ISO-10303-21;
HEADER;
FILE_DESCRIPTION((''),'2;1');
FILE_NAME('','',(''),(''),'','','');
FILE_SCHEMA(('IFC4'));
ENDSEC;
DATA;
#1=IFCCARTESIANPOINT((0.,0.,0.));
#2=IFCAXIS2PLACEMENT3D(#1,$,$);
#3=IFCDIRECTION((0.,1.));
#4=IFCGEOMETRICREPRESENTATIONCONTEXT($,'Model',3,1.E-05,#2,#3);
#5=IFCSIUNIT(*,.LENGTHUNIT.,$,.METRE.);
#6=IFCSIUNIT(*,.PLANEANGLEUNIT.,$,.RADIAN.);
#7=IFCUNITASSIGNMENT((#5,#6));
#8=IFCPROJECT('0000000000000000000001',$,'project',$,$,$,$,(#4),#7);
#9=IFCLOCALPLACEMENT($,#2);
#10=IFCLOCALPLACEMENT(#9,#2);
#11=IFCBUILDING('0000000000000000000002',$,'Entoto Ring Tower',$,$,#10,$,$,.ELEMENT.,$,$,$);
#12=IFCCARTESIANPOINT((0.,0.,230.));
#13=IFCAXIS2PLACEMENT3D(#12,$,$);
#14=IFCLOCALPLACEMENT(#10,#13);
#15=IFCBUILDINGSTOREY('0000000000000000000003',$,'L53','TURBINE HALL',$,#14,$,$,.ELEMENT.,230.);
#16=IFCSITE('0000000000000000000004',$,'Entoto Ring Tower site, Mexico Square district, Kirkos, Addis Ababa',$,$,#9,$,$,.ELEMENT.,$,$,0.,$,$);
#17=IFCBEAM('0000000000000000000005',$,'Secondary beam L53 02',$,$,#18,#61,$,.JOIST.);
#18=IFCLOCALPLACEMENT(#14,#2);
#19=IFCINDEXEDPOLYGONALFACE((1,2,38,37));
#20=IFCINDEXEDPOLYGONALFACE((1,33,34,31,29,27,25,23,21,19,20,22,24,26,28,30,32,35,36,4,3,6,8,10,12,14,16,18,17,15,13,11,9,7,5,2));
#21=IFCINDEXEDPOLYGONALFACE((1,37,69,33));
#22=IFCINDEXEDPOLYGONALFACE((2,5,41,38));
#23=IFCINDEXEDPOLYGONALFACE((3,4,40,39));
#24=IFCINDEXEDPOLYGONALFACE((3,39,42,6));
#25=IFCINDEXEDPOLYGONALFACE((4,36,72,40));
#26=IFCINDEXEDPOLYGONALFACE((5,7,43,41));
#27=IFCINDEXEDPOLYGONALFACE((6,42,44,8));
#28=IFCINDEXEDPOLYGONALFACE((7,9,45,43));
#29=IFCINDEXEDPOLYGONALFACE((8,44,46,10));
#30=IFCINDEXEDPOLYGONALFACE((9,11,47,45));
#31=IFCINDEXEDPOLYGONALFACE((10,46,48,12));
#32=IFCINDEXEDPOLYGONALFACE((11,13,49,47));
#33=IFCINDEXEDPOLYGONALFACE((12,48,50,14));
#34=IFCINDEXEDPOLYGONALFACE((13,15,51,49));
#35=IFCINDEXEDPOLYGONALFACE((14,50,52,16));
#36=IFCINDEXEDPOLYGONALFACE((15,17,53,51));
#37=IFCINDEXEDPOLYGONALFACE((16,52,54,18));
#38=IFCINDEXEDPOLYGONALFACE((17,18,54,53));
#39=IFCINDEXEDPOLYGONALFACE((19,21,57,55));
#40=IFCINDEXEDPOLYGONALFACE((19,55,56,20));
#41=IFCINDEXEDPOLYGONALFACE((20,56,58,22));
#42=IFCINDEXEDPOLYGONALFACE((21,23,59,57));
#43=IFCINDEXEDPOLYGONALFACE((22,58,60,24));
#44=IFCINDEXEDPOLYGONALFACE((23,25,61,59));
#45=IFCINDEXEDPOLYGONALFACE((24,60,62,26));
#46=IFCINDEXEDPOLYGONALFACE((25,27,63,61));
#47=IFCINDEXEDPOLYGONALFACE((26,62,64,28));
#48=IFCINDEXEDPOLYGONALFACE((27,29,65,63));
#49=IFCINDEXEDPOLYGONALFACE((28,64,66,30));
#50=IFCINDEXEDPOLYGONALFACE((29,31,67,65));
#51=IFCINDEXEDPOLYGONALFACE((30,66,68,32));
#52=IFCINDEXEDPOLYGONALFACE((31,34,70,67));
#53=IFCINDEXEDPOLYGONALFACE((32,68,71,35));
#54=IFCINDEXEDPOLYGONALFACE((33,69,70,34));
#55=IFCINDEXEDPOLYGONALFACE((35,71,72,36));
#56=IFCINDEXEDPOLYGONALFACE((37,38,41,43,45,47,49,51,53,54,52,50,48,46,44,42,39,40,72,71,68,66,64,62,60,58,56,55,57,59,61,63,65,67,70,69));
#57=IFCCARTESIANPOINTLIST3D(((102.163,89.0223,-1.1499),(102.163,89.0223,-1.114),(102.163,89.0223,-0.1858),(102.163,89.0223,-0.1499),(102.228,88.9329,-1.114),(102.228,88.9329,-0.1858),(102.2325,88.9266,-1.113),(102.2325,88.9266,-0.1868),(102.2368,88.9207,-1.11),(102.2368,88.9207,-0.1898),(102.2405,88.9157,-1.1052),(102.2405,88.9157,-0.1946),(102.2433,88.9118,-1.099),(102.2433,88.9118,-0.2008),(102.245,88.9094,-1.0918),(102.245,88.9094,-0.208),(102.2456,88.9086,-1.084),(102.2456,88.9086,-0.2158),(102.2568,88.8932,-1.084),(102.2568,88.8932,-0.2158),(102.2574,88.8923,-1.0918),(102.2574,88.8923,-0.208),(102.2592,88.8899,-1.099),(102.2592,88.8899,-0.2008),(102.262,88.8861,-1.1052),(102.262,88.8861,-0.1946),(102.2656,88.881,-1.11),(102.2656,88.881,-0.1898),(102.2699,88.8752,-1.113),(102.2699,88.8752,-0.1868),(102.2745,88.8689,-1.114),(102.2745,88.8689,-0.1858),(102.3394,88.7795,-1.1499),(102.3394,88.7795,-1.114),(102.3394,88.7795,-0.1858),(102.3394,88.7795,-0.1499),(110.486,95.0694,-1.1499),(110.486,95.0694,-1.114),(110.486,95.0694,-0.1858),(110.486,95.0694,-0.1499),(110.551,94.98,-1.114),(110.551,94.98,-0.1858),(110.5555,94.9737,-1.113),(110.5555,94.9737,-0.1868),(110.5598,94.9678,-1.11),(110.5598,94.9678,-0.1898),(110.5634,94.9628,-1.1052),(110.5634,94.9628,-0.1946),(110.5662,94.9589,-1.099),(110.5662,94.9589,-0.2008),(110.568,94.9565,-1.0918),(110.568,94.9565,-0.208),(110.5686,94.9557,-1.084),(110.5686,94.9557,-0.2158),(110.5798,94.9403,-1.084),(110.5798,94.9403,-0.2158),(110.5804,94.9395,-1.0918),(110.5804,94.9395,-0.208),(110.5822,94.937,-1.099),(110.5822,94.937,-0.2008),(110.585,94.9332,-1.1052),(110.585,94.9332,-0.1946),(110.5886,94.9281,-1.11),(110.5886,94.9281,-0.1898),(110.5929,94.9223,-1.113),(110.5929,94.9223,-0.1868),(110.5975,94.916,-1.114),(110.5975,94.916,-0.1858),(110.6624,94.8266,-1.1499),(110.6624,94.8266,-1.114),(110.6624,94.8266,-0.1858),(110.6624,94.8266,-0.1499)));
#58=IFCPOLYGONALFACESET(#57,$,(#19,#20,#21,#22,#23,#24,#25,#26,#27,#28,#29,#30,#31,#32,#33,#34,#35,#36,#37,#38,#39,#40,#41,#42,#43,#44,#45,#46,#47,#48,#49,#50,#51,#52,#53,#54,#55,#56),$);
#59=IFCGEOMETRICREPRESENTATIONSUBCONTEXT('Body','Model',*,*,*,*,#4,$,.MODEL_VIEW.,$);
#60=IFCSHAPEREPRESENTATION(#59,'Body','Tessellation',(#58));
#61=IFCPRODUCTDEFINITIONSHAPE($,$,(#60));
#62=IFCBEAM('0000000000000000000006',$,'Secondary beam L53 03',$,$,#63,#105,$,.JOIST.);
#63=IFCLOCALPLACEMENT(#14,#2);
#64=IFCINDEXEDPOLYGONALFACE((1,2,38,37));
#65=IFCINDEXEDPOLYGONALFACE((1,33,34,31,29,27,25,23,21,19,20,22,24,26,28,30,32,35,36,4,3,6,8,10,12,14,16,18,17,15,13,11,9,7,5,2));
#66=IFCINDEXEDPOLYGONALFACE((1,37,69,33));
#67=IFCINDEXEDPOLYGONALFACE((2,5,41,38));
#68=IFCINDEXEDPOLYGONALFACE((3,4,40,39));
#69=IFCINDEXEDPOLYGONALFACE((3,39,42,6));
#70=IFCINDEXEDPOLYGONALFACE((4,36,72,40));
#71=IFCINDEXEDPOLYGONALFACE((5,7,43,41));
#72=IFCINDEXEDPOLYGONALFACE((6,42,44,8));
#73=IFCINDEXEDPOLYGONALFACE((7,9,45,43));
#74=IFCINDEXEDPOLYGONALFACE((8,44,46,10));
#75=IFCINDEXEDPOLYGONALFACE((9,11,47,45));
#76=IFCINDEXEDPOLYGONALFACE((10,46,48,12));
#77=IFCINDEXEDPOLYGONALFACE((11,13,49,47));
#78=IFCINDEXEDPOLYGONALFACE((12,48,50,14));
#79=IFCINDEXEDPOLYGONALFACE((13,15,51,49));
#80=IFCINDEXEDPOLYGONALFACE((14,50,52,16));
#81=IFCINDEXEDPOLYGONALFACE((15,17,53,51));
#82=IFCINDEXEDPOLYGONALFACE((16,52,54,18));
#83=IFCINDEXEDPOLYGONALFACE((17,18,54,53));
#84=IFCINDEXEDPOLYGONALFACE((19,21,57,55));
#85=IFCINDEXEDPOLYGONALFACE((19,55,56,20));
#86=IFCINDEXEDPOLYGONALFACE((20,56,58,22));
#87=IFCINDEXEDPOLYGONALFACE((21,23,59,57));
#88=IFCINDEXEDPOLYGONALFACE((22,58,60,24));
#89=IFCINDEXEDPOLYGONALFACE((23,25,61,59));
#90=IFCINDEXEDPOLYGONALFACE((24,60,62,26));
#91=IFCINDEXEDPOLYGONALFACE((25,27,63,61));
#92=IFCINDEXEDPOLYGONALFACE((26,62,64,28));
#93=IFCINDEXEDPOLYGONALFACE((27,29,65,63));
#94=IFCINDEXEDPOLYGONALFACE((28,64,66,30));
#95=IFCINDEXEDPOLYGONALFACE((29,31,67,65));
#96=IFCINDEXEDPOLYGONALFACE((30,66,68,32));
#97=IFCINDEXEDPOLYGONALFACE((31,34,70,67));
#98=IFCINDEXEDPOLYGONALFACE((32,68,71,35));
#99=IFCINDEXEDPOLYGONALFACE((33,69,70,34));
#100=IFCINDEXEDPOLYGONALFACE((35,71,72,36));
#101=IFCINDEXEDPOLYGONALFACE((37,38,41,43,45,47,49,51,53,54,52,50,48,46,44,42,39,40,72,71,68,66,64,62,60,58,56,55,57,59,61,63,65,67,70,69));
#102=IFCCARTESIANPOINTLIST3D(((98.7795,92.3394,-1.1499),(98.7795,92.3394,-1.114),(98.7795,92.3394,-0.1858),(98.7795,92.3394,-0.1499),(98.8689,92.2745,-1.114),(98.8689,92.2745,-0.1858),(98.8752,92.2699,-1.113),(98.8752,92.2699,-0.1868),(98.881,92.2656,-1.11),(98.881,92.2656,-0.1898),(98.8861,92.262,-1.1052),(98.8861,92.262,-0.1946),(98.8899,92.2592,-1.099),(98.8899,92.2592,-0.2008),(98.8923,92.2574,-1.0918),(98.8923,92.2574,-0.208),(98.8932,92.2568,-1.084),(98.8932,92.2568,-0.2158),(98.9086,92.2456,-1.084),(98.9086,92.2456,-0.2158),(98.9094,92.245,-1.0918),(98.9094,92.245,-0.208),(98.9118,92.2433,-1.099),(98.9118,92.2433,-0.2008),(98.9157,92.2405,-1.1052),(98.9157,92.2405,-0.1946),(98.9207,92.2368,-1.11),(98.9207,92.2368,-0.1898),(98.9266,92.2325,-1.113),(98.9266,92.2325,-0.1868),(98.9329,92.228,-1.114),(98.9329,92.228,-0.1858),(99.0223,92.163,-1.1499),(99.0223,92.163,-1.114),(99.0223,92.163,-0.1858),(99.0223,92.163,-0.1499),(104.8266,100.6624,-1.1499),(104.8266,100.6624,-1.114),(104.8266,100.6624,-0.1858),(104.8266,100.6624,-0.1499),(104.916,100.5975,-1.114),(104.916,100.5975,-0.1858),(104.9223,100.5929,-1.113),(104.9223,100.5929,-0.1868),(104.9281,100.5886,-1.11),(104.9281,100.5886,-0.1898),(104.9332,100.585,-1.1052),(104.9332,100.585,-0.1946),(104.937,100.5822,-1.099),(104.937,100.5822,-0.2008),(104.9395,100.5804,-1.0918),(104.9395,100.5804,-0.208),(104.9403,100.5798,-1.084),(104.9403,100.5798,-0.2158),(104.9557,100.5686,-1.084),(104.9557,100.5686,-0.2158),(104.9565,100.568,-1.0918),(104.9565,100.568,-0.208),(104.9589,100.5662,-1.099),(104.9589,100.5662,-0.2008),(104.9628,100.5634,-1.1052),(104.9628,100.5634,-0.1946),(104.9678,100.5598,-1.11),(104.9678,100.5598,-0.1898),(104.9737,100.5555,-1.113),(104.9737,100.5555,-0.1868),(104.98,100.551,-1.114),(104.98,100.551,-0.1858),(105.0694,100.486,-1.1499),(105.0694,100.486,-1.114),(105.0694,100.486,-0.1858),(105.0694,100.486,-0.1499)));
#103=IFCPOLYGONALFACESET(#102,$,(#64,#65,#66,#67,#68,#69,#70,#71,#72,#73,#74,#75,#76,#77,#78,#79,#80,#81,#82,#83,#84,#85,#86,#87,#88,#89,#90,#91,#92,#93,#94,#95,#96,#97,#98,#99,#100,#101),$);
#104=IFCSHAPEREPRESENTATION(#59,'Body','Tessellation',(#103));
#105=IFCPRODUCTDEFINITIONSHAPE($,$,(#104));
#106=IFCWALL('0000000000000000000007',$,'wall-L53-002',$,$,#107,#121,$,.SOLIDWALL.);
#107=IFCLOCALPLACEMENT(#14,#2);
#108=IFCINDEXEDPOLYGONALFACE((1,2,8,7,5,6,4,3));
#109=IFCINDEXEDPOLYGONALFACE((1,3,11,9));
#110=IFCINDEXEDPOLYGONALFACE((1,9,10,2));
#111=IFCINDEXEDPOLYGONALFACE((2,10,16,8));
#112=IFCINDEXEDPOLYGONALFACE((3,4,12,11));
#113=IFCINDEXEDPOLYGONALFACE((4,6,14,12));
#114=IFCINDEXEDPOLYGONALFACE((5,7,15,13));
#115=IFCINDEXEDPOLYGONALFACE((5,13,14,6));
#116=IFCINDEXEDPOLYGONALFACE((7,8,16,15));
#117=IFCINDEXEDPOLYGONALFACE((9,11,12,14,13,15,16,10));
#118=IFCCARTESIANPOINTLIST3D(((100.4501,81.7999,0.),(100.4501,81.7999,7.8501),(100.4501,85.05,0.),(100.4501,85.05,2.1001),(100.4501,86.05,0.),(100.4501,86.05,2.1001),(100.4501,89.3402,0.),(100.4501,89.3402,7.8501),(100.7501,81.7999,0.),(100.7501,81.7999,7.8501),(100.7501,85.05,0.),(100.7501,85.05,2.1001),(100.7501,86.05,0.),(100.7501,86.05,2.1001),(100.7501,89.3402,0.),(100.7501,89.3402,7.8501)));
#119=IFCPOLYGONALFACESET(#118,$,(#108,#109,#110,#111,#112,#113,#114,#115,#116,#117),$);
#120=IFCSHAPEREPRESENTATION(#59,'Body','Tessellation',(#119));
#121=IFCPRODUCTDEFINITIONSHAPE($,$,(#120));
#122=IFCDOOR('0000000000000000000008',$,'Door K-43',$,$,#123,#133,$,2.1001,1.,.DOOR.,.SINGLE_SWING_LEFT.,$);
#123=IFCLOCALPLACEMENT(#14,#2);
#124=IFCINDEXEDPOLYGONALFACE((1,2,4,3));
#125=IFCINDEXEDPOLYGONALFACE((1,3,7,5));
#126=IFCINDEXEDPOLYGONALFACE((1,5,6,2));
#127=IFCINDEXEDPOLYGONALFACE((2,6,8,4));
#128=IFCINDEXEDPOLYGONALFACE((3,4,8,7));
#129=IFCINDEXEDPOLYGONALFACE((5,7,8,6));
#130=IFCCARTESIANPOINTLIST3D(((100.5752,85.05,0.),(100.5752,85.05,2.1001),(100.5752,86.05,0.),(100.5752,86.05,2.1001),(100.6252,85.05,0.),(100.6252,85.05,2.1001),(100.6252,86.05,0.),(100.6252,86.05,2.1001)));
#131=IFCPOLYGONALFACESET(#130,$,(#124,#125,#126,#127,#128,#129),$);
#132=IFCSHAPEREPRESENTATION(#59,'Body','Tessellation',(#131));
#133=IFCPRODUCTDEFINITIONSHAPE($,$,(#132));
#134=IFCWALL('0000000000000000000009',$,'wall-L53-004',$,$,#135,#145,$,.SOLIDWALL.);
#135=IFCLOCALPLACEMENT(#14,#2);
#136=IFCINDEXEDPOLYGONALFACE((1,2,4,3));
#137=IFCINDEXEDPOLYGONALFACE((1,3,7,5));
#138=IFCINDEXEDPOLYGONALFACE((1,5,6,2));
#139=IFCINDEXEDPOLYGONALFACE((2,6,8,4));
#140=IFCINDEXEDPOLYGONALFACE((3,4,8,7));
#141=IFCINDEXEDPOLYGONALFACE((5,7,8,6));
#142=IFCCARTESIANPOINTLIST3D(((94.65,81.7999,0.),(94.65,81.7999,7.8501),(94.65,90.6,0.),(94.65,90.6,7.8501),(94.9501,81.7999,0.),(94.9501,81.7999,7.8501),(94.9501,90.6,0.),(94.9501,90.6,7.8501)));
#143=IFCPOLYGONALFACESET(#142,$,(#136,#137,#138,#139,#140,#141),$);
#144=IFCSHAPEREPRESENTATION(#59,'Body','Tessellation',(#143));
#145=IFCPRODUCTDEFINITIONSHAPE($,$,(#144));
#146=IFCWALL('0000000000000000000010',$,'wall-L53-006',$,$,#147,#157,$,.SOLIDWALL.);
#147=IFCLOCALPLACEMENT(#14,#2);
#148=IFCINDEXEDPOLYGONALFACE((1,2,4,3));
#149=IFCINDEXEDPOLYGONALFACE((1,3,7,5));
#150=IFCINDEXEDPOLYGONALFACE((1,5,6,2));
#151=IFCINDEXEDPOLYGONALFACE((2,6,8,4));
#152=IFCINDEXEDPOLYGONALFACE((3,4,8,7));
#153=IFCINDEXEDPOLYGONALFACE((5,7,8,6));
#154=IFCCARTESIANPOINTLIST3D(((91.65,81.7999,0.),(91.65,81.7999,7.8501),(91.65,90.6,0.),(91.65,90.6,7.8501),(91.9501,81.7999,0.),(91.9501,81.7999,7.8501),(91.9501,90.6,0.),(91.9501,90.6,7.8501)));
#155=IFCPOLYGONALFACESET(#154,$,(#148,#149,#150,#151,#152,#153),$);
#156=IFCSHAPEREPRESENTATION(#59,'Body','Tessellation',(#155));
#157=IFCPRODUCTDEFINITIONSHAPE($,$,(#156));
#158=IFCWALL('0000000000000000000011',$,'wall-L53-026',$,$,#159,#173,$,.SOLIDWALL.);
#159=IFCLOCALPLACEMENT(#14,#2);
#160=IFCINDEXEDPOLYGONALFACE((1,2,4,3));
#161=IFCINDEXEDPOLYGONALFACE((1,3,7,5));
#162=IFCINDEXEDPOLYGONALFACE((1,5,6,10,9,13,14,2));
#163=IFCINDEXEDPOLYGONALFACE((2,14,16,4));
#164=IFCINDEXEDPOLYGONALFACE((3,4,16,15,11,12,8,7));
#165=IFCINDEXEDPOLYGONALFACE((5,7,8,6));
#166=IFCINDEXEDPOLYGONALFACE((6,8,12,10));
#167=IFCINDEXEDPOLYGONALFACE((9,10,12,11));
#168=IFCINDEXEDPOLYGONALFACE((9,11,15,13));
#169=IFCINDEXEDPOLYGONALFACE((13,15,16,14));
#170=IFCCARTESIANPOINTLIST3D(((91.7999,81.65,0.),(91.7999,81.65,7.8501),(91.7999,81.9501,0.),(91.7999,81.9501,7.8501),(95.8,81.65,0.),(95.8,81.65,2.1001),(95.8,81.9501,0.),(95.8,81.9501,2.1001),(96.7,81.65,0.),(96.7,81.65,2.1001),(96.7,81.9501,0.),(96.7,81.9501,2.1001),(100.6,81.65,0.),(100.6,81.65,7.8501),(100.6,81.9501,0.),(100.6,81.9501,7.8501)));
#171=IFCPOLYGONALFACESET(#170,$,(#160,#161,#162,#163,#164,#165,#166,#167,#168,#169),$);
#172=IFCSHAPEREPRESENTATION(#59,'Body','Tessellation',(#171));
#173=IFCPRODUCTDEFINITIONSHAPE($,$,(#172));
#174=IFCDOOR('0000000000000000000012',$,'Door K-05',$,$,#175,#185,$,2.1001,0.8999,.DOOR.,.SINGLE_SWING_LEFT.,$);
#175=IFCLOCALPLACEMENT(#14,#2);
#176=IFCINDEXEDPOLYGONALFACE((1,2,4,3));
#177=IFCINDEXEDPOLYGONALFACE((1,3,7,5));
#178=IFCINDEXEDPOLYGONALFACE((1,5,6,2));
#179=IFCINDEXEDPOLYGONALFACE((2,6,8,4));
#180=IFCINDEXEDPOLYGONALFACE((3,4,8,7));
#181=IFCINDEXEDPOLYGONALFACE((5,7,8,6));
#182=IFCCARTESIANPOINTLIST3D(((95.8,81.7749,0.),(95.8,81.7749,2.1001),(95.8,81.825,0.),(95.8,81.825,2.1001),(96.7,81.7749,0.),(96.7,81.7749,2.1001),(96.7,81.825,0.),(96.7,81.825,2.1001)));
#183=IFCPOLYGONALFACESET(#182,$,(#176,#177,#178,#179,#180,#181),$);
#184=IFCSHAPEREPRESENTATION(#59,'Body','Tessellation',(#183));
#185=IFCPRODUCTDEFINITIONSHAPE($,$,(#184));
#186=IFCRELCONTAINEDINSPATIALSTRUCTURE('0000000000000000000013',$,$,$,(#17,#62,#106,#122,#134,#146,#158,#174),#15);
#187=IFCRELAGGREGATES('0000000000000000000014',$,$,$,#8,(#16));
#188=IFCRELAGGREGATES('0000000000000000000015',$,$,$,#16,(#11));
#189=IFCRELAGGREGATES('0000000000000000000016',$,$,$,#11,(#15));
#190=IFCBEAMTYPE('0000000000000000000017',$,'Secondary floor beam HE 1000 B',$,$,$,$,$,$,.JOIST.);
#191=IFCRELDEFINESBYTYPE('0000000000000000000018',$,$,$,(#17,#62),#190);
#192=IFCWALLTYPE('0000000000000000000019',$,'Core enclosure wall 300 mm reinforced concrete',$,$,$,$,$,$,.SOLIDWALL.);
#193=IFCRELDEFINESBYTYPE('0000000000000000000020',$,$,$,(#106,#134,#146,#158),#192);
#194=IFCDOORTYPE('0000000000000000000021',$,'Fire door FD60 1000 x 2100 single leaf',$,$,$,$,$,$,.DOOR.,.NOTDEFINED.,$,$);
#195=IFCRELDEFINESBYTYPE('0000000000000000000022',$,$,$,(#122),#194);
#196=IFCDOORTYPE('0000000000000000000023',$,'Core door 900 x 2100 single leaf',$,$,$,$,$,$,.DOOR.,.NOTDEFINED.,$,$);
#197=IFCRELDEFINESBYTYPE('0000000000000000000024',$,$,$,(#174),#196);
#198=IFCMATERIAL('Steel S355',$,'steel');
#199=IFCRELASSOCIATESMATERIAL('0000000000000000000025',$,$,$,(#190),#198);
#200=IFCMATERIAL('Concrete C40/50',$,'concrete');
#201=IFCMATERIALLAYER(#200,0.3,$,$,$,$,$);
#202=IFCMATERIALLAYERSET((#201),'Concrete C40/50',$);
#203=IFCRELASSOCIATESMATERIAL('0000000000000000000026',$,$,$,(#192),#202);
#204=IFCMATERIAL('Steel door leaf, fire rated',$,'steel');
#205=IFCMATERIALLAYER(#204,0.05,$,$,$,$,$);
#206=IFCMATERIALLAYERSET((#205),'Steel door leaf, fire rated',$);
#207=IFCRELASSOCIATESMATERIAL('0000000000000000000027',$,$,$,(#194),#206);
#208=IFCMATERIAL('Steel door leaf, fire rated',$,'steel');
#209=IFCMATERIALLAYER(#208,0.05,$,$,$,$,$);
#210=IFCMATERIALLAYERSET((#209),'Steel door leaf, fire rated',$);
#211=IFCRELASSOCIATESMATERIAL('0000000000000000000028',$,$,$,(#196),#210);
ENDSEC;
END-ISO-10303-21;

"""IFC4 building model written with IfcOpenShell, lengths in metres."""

from ifc_helpers import new_model, si_unit, direction, frame, frame_2d, origin, origin_2d, place, context, subcontext, project, spatial, rectangle, i_section, extrude, material, layer, layer_set, material_profile, profile_set, type_object, element, fill, save


model = new_model("IFC4")

# Units and contexts
model_context = context("Model", 3, precision=1e-05, world=origin(), true_north=direction((0.0, 1.0)))
body_context = subcontext(model_context, "Body", "Model", "MODEL_VIEW")
ifc_project = project(units=[si_unit("LENGTHUNIT", "METRE"), si_unit("PLANEANGLEUNIT", "RADIAN")], contexts=[model_context])

# Site, building, storey
site_placement = place(None, origin())
site = spatial("IfcSite", under=ifc_project, at=site_placement, Name="Entoto Ring Tower site, Mexico Square district, Kirkos, Addis Ababa", CompositionType="ELEMENT", RefElevation=0.0)
building_placement = place(site_placement, origin())
building = spatial("IfcBuilding", under=site, at=building_placement, Name="Entoto Ring Tower", CompositionType="ELEMENT")
storey_placement = place(building_placement, frame((0.0, 0.0, 230.0)))
storey = spatial("IfcBuildingStorey", under=building, at=storey_placement, Name="L53", Description="TURBINE HALL", CompositionType="ELEMENT", Elevation=230.0)

# Beams
ifc_material_1 = material(Name="Steel S355", Category="steel")
ifc_material_profile_1 = material_profile(ifc_material_1, i_section(OverallWidth=0.3, OverallDepth=1.0, WebThickness=0.019, FlangeThickness=0.0359, FilletRadius=0.03, at=origin_2d()), Name="HE 1000 B")
ifc_profile_set_1 = profile_set([ifc_material_profile_1], Name="Steel S355")
beam_type_1 = type_object("IfcBeamType", Name="Secondary floor beam HE 1000 B", PredefinedType="JOIST", material=ifc_profile_set_1)
for number, where, z_axis, x_axis, name in (
    (1, (102.2512, 88.9009, -0.6499), (0.809012, 0.587792, 0.0), (-0.587792, 0.809012, 0.0), "Secondary beam L53 02"),
    (2, (98.9009, 92.2512, -0.6499), (0.587792, 0.809012, 0.0), (-0.809012, 0.587792, 0.0), "Secondary beam L53 03"),
):
    element("IfcBeam", number, at=place(storey_placement, frame(where, z_axis=z_axis, x_axis=x_axis)), inside=storey, type_object=beam_type_1, Name=name, PredefinedType="JOIST", context=body_context, shape_type="SweptSolid", body=[
        extrude(i_section(OverallWidth=0.3, OverallDepth=1.0, WebThickness=0.019, FlangeThickness=0.0359, FilletRadius=0.03, at=origin_2d()), origin(), (0.0, 0.0, 1.0), 10.2878),
    ])

# Wall, opening, door
ifc_material_2 = material(Name="Concrete C40/50", Category="concrete")
ifc_layer_1 = layer(ifc_material_2, 0.3)
ifc_layer_set_1 = layer_set([ifc_layer_1], Name="Concrete C40/50")
wall_type_1 = type_object("IfcWallType", Name="Core enclosure wall 300 mm reinforced concrete", PredefinedType="SOLIDWALL", material=ifc_layer_set_1)
wall_1_placement = place(storey_placement, frame((100.6001, 81.8, 0.0), z_axis=(0.0, 0.0, 1.0), x_axis=(0.0, 1.0, 0.0)))
wall_1 = element("IfcWall", 3, at=wall_1_placement, inside=storey, type_object=wall_type_1, Name="wall-L53-002", PredefinedType="SOLIDWALL", context=body_context, shape_type="SweptSolid", body=[
    extrude(rectangle(XDim=7.5403, YDim=0.3, at=frame_2d((3.77, 0.0))), origin(), (0.0, 0.0, 1.0), 7.8501),
])
opening_1_placement = place(wall_1_placement, frame((3.25, 0.0, 0.0)))
opening_1 = element("IfcOpeningElement", 4, at=opening_1_placement, cuts=wall_1, PredefinedType="OPENING", context=body_context, shape_type="SweptSolid", body=[
    extrude(rectangle(XDim=1.0, YDim=2.1001, at=frame_2d((0.5, 1.05))), frame((0.0, 0.1602, 0.0), z_axis=(0.0, -1.0, 0.0), x_axis=(1.0, 0.0, 0.0)), (0.0, 0.0, 1.0), 0.3201),
])
ifc_material_3 = material(Name="Steel door leaf, fire rated", Category="steel")
ifc_layer_2 = layer(ifc_material_3, 0.05)
ifc_layer_set_2 = layer_set([ifc_layer_2], Name="Steel door leaf, fire rated")
door_type_1 = type_object("IfcDoorType", Name="Fire door FD60 1000 x 2100 single leaf", OperationType="NOTDEFINED", PredefinedType="DOOR", material=ifc_layer_set_2)
door_1_placement = place(opening_1_placement, origin())
door_1 = element("IfcDoor", 5, at=door_1_placement, inside=storey, type_object=door_type_1, Name="Door K-43", OperationType="SINGLE_SWING_LEFT", OverallHeight=2.1001, OverallWidth=1.0, PredefinedType="DOOR", context=body_context, shape_type="SweptSolid", body=[
    extrude(rectangle(XDim=1.0, YDim=2.1001, at=frame_2d((0.5, 1.05))), frame((0.0, 0.0249, 0.0), z_axis=(0.0, -1.0, 0.0), x_axis=(1.0, 0.0, 0.0)), (0.0, 0.0, 1.0), 0.05),
])
fill(opening_1, door_1)

# Walls
for number, where, z_axis, x_axis, name in (
    (6, (94.8, 81.8, 0.0), (0.0, 0.0, 1.0), (0.0, 1.0, 0.0), "wall-L53-004"),
    (7, (91.8, 81.8, 0.0), (0.0, 0.0, 1.0), (0.0, 1.0, 0.0), "wall-L53-006"),
):
    element("IfcWall", number, at=place(storey_placement, frame(where, z_axis=z_axis, x_axis=x_axis)), inside=storey, type_object=wall_type_1, Name=name, PredefinedType="SOLIDWALL", context=body_context, shape_type="SweptSolid", body=[
        extrude(rectangle(XDim=8.8, YDim=0.3, at=frame_2d((4.3999, 0.0))), origin(), (0.0, 0.0, 1.0), 7.8501),
    ])

# Wall, opening, door
wall_2_placement = place(storey_placement, frame((91.8, 81.8, 0.0), z_axis=(0.0, 0.0, 1.0), x_axis=(1.0, 0.0, 0.0)))
wall_2 = element("IfcWall", 8, at=wall_2_placement, inside=storey, type_object=wall_type_1, Name="wall-L53-026", PredefinedType="SOLIDWALL", context=body_context, shape_type="SweptSolid", body=[
    extrude(rectangle(XDim=8.8, YDim=0.3, at=frame_2d((4.3999, 0.0))), origin(), (0.0, 0.0, 1.0), 7.8501),
])
opening_2_placement = place(wall_2_placement, frame((4.0, 0.0, 0.0)))
opening_2 = element("IfcOpeningElement", 9, at=opening_2_placement, cuts=wall_2, PredefinedType="OPENING", context=body_context, shape_type="SweptSolid", body=[
    extrude(rectangle(XDim=0.8999, YDim=2.1001, at=frame_2d((0.45, 1.05))), frame((0.0, 0.1602, 0.0), z_axis=(0.0, -1.0, 0.0), x_axis=(1.0, 0.0, 0.0)), (0.0, 0.0, 1.0), 0.3201),
])
ifc_material_4 = material(Name="Steel door leaf, fire rated", Category="steel")
ifc_layer_3 = layer(ifc_material_4, 0.05)
ifc_layer_set_3 = layer_set([ifc_layer_3], Name="Steel door leaf, fire rated")
door_type_2 = type_object("IfcDoorType", Name="Core door 900 x 2100 single leaf", OperationType="NOTDEFINED", PredefinedType="DOOR", material=ifc_layer_set_3)
door_2_placement = place(opening_2_placement, origin())
door_2 = element("IfcDoor", 10, at=door_2_placement, inside=storey, type_object=door_type_2, Name="Door K-05", OperationType="SINGLE_SWING_LEFT", OverallHeight=2.1001, OverallWidth=0.8999, PredefinedType="DOOR", context=body_context, shape_type="SweptSolid", body=[
    extrude(rectangle(XDim=0.8999, YDim=2.1001, at=frame_2d((0.45, 1.05))), frame((0.0, 0.0249, 0.0), z_axis=(0.0, -1.0, 0.0), x_axis=(1.0, 0.0, 0.0)), (0.0, 0.0, 1.0), 0.05),
])
fill(opening_2, door_2)

save(model, "model.ifc")
